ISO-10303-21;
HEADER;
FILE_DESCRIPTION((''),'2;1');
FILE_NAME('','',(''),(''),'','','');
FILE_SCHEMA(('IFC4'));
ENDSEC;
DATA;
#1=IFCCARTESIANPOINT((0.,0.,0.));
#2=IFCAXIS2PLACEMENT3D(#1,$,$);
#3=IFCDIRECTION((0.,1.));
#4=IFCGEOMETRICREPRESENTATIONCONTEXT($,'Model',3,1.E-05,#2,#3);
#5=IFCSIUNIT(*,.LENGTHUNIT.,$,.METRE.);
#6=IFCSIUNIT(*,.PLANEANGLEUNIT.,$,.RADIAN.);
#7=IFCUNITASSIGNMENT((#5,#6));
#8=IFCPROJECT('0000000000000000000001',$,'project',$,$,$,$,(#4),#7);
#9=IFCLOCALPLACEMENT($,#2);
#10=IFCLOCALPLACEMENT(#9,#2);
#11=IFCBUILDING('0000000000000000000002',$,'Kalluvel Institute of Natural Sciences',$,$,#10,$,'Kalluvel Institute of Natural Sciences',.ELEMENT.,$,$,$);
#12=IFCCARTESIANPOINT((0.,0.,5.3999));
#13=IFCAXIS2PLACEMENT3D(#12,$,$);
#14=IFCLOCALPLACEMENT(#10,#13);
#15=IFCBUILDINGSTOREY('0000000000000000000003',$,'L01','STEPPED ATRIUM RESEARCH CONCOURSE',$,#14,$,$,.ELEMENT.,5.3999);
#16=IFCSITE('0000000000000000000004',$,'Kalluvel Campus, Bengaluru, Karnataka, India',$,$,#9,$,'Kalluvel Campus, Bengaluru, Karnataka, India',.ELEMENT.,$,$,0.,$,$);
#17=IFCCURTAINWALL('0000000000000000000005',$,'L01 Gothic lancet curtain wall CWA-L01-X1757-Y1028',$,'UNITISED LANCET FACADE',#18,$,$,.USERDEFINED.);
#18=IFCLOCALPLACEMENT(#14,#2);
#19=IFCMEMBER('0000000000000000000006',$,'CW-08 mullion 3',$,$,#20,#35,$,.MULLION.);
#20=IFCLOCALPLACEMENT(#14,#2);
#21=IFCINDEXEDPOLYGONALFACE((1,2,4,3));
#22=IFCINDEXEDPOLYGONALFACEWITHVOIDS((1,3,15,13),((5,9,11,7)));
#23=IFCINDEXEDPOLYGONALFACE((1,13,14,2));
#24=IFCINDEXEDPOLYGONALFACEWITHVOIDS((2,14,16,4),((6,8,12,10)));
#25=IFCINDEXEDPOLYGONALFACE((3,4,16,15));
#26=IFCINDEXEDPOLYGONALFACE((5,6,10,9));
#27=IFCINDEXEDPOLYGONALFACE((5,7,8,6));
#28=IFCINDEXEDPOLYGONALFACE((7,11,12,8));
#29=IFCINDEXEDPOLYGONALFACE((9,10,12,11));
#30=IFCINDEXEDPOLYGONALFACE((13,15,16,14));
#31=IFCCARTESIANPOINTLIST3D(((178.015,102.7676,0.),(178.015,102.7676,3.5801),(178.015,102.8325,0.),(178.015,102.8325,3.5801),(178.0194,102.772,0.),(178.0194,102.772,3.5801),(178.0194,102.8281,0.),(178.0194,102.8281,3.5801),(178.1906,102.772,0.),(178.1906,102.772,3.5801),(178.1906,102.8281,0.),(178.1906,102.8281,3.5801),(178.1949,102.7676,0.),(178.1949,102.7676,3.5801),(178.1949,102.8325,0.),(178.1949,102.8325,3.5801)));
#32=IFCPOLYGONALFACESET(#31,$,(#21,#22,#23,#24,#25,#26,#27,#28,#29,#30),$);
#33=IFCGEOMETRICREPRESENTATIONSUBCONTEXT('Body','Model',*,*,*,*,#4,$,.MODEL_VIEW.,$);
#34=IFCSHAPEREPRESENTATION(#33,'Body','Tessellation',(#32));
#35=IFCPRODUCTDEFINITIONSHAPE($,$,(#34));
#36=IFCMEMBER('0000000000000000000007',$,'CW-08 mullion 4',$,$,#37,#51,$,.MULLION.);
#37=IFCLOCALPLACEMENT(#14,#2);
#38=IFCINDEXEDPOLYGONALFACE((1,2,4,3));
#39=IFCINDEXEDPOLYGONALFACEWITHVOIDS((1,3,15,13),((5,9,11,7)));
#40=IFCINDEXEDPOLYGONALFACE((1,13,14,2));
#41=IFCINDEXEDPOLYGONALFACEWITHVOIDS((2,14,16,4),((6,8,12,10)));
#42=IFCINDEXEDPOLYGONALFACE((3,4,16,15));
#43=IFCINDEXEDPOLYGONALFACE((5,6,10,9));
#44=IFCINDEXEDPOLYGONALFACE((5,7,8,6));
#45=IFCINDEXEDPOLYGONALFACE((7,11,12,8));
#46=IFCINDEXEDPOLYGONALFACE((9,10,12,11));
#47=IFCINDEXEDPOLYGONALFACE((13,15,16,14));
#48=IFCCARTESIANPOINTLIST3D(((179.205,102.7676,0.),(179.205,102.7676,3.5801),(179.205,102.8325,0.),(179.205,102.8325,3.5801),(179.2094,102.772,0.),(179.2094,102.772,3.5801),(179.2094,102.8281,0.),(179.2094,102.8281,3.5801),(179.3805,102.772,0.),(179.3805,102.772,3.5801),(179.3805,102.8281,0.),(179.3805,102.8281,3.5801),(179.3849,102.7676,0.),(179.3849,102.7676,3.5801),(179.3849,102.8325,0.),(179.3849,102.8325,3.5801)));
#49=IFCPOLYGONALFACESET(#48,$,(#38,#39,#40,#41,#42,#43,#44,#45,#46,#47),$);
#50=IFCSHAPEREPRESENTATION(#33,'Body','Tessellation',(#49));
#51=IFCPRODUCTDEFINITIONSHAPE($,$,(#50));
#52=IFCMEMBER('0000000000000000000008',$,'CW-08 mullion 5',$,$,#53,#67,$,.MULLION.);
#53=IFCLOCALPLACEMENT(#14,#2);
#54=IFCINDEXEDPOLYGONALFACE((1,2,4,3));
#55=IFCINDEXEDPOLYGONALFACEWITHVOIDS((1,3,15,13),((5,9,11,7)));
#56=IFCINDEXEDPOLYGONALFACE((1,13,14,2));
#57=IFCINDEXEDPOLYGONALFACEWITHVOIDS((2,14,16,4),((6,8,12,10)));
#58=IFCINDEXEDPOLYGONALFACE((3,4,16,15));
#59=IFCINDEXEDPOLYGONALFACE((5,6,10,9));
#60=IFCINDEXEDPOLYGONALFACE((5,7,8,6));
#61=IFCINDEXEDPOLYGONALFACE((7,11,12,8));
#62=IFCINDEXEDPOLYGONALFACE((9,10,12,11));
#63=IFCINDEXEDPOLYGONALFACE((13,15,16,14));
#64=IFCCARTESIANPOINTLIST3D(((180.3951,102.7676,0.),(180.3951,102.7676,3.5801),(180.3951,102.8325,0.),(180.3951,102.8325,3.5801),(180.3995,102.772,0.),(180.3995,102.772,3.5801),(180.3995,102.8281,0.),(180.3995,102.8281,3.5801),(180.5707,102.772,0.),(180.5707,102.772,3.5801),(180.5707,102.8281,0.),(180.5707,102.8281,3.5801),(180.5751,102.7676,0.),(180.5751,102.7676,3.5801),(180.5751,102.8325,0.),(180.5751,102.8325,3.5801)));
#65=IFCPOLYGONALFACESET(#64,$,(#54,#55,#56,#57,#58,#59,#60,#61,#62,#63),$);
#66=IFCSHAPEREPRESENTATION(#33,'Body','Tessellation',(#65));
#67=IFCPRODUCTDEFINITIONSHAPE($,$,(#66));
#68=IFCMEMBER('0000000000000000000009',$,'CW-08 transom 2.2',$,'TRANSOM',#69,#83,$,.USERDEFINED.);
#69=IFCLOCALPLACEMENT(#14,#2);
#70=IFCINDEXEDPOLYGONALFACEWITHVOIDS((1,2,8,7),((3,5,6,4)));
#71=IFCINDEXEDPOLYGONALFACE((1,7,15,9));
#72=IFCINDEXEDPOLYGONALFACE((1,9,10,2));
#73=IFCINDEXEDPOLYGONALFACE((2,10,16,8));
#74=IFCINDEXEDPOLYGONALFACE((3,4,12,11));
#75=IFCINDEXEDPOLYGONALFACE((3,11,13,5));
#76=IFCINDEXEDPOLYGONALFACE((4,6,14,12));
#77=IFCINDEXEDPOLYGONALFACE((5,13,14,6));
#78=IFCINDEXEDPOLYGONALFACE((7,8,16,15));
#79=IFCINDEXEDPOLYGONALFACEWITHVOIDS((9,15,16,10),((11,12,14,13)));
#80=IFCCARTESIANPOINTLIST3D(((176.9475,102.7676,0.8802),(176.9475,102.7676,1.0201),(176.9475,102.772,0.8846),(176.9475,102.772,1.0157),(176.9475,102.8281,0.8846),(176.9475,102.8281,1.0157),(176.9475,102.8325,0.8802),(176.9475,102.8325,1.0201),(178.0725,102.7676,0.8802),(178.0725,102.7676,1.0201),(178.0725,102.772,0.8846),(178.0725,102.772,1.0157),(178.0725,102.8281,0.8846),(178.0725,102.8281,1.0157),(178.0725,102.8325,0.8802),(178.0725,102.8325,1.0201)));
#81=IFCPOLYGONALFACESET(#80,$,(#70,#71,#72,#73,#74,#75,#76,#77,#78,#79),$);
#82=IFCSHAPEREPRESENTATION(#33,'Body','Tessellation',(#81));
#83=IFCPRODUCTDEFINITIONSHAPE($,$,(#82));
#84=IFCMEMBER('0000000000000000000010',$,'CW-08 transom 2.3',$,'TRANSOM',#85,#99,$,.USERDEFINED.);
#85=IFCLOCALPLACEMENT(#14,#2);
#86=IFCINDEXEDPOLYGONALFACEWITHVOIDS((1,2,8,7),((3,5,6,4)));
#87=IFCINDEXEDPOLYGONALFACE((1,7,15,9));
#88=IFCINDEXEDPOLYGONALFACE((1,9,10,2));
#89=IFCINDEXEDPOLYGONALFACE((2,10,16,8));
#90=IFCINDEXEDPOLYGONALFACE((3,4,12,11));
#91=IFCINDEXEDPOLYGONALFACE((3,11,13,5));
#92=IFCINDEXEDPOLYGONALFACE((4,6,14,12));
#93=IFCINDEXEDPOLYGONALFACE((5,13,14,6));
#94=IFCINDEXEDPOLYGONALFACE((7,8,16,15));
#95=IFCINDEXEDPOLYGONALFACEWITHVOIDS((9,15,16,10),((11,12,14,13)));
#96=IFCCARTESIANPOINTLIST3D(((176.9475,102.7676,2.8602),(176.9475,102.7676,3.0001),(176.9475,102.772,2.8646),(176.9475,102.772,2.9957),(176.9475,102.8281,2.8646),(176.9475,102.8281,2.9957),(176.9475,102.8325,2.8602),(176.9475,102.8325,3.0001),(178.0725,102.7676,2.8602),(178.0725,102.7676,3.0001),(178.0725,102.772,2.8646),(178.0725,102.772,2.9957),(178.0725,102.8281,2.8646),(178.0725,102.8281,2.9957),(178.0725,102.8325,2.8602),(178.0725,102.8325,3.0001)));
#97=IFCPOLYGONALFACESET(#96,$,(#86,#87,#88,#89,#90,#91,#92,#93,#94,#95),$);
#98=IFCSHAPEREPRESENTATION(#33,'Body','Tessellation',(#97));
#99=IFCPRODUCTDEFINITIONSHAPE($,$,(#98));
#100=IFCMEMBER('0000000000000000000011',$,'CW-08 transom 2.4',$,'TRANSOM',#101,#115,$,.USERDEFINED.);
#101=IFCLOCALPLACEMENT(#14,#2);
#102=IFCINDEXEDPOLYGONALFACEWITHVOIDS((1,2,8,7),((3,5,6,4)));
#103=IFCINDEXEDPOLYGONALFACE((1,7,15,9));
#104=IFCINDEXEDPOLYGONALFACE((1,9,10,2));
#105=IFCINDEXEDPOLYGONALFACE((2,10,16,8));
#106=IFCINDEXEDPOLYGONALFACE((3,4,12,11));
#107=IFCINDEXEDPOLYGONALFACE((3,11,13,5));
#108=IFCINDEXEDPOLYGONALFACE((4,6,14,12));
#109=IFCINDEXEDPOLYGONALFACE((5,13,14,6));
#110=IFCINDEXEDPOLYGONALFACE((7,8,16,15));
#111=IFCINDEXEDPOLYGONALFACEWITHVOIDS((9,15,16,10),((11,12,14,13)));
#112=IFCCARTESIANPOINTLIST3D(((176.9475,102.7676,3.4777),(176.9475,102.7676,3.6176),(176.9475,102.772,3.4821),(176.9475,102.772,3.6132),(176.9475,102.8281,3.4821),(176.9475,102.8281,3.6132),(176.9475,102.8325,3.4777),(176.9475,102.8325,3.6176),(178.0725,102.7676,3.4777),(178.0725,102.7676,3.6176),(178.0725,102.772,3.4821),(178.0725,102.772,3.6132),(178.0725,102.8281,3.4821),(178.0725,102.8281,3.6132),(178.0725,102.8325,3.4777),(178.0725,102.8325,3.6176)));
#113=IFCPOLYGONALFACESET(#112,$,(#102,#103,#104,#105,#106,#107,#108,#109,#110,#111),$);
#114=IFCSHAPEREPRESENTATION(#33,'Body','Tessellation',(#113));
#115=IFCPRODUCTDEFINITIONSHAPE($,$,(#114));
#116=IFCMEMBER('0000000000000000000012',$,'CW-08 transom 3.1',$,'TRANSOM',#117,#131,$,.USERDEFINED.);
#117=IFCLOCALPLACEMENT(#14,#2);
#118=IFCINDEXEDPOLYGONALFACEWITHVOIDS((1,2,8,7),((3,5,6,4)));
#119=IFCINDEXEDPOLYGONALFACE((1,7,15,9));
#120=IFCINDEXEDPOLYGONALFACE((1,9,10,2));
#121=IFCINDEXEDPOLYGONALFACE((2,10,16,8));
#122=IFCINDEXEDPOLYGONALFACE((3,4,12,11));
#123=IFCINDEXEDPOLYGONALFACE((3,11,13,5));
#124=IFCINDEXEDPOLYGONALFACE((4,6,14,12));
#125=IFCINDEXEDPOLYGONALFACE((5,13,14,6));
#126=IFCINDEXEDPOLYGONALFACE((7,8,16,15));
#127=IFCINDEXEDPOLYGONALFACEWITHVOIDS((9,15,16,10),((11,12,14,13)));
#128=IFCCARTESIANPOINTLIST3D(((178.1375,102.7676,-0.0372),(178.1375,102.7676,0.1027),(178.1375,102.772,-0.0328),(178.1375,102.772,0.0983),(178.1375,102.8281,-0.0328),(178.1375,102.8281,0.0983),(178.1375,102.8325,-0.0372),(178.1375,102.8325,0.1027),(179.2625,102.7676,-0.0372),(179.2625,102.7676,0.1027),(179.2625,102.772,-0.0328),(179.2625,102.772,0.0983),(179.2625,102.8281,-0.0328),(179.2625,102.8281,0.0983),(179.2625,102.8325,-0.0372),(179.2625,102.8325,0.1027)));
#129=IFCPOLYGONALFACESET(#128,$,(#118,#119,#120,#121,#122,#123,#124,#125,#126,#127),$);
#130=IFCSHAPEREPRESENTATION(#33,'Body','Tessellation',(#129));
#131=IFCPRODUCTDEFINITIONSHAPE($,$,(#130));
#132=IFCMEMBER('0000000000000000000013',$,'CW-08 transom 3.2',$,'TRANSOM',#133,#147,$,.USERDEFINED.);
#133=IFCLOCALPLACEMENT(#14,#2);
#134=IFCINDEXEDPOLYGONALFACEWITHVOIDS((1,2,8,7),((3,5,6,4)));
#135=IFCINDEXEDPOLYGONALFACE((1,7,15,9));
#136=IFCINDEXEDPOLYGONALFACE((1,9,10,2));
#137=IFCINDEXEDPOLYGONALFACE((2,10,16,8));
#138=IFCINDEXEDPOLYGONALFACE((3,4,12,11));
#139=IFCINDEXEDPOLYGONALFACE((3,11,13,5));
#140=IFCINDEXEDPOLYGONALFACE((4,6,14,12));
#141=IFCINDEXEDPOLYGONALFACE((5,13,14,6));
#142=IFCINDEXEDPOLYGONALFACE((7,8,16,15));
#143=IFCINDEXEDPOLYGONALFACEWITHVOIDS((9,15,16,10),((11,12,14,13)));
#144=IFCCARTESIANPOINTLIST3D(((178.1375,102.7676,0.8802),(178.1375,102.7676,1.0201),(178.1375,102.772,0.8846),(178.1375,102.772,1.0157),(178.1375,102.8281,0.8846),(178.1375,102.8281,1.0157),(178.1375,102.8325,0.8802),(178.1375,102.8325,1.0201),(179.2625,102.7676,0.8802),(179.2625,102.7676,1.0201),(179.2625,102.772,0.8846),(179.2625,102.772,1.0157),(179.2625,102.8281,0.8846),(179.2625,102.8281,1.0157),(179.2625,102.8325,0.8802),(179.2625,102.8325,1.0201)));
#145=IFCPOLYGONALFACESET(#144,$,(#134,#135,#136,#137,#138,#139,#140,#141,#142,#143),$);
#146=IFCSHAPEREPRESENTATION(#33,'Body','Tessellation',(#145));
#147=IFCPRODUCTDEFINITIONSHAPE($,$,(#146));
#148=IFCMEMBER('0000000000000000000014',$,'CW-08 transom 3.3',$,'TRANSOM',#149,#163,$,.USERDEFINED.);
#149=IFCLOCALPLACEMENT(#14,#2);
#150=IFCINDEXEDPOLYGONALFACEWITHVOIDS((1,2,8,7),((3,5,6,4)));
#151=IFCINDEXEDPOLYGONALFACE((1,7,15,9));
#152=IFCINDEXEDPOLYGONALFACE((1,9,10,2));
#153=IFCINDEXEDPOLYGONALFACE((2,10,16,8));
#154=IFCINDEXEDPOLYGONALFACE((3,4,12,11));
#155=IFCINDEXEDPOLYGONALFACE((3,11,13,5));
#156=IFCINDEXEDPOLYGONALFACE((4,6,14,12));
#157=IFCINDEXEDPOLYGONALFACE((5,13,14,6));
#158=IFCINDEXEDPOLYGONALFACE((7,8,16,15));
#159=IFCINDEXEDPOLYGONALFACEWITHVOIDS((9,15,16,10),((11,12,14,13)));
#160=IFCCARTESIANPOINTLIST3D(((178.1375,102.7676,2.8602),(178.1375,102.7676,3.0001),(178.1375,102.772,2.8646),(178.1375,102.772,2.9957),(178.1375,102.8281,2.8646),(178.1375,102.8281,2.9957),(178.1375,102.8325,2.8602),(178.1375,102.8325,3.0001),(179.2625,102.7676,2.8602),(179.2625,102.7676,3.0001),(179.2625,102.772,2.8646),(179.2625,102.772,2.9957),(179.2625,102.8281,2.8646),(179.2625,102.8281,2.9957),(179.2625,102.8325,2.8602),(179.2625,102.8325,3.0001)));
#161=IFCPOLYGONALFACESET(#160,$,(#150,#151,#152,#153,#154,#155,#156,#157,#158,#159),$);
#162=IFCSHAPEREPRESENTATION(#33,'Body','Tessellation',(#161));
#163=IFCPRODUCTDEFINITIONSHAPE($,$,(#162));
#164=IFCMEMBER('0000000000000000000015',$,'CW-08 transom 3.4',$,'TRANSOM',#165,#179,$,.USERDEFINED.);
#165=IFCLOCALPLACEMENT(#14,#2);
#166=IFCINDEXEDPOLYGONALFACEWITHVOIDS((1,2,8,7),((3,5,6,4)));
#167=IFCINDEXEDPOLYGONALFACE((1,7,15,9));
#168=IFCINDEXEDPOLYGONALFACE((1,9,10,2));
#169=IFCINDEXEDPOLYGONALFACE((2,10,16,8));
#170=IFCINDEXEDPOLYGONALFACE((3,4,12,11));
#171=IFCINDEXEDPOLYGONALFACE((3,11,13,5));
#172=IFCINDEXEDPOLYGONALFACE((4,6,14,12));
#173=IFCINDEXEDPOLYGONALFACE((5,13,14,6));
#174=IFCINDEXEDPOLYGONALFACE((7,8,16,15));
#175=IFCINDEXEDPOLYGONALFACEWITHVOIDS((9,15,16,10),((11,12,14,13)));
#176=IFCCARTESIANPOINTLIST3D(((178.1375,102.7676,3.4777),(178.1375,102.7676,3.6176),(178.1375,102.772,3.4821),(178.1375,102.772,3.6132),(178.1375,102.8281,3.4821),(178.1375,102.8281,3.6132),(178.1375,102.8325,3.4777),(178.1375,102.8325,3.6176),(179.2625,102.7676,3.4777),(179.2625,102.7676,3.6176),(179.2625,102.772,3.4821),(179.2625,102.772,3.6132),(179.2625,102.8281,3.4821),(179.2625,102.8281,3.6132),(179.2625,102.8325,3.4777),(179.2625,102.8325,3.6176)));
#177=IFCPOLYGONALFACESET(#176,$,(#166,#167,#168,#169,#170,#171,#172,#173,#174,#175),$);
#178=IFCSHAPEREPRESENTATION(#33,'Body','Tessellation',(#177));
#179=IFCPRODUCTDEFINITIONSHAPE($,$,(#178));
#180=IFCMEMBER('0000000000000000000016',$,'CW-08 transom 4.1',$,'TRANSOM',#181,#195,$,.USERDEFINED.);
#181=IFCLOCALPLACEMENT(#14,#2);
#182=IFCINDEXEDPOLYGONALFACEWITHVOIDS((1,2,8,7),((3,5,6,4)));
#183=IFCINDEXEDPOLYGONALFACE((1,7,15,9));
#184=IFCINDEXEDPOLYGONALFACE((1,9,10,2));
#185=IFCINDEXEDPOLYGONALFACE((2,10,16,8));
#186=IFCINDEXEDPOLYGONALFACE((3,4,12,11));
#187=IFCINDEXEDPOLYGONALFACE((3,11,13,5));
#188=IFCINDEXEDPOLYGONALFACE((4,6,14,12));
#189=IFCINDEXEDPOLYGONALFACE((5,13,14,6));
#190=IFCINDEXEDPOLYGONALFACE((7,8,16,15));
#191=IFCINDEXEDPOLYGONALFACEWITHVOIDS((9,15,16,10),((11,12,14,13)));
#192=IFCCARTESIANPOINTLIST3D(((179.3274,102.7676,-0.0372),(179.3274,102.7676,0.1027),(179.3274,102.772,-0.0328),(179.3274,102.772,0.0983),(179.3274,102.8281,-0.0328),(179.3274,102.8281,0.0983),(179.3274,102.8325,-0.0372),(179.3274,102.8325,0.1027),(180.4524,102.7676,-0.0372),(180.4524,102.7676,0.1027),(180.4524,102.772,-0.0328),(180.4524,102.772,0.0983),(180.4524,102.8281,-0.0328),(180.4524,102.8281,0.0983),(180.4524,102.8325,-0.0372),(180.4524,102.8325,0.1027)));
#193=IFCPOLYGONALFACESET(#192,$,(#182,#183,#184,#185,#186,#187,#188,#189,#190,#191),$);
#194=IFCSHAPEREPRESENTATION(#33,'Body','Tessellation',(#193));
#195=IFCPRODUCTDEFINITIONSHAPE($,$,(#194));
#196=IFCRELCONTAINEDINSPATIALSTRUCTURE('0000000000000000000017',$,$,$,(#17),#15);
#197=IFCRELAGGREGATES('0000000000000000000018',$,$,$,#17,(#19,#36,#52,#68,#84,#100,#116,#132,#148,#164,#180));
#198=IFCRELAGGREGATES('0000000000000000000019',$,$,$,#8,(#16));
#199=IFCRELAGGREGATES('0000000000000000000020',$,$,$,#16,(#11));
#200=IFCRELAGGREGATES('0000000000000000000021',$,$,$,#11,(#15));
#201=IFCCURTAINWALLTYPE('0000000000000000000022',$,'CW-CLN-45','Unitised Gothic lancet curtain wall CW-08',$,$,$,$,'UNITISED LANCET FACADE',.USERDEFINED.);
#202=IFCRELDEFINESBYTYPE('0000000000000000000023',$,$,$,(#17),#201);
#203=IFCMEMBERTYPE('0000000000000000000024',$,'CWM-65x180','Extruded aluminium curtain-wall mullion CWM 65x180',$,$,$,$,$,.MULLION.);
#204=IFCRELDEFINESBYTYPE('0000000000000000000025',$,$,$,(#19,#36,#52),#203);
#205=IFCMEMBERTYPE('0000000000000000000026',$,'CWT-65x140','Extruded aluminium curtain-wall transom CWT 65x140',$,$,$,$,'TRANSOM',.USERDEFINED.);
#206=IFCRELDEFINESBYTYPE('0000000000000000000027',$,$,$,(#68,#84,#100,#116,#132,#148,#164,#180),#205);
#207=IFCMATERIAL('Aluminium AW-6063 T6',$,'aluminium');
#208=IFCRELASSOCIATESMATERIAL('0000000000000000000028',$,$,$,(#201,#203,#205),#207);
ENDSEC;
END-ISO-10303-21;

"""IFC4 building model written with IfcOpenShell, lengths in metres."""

from ifc_helpers import new_model, si_unit, direction, frame, origin, origin_2d, place, context, subcontext, project, spatial, hollow_rectangle, extrude, material, material_profile, profile_set, type_object, element, aggregate, save


model = new_model("IFC4")

# Units and contexts
model_context = context("Model", 3, precision=1e-05, world=origin(), true_north=direction((0.0, 1.0)))
body_context = subcontext(model_context, "Body", "Model", "MODEL_VIEW")
ifc_project = project(units=[si_unit("LENGTHUNIT", "METRE"), si_unit("PLANEANGLEUNIT", "RADIAN")], contexts=[model_context])

# Site, building, storey
site_placement = place(None, origin())
site = spatial("IfcSite", under=ifc_project, at=site_placement, Name="Kalluvel Campus, Bengaluru, Karnataka, India", LongName="Kalluvel Campus, Bengaluru, Karnataka, India", CompositionType="ELEMENT", RefElevation=0.0)
building_placement = place(site_placement, origin())
building = spatial("IfcBuilding", under=site, at=building_placement, Name="Kalluvel Institute of Natural Sciences", LongName="Kalluvel Institute of Natural Sciences", CompositionType="ELEMENT")
storey_placement = place(building_placement, frame((0.0, 0.0, 5.3999)))
storey = spatial("IfcBuildingStorey", under=building, at=storey_placement, Name="L01", Description="STEPPED ATRIUM RESEARCH CONCOURSE", CompositionType="ELEMENT", Elevation=5.3999)

# Curtain wall, members
ifc_material_1 = material(Name="Aluminium AW-6063 T6", Category="aluminium")
curtain_wall_type = type_object("IfcCurtainWallType", Name="CW-CLN-45", Description="Unitised Gothic lancet curtain wall CW-08", ElementType="UNITISED LANCET FACADE", PredefinedType="USERDEFINED", material=ifc_material_1)
curtain_wall_placement = place(storey_placement, origin())
curtain_wall = element("IfcCurtainWall", 1, at=curtain_wall_placement, inside=storey, type_object=curtain_wall_type, Name="L01 Gothic lancet curtain wall CWA-L01-X1757-Y1028", ObjectType="UNITISED LANCET FACADE", PredefinedType="USERDEFINED")
ifc_material_profile_1 = material_profile(ifc_material_1, hollow_rectangle(XDim=0.0649, YDim=0.1799, WallThickness=0.0044, at=origin_2d()), Name="CWM 65x180")
ifc_profile_set_1 = profile_set([ifc_material_profile_1], Name="Aluminium AW-6063 T6")
member_type_1 = type_object("IfcMemberType", Name="CWM-65x180", Description="Extruded aluminium curtain-wall mullion CWM 65x180", PredefinedType="MULLION", material=ifc_profile_set_1)
member_1_placement = place(storey_placement, frame((178.105, 102.8, 0.0), z_axis=(0.0, 0.0, 1.0), x_axis=(0.0, 1.0, 0.0)))
member_1 = element("IfcMember", 2, at=member_1_placement, type_object=member_type_1, Name="CW-08 mullion 3", PredefinedType="MULLION", context=body_context, shape_type="SweptSolid", body=[
    extrude(hollow_rectangle(XDim=0.0649, YDim=0.1799, WallThickness=0.0044, at=origin_2d()), origin(), (0.0, 0.0, 1.0), 3.5801),
])
member_2_placement = place(storey_placement, frame((179.2949, 102.8, 0.0), z_axis=(0.0, 0.0, 1.0), x_axis=(0.0, 1.0, 0.0)))
member_2 = element("IfcMember", 3, at=member_2_placement, type_object=member_type_1, Name="CW-08 mullion 4", PredefinedType="MULLION", context=body_context, shape_type="SweptSolid", body=[
    extrude(hollow_rectangle(XDim=0.0649, YDim=0.1799, WallThickness=0.0044, at=origin_2d()), origin(), (0.0, 0.0, 1.0), 3.5801),
])
member_3_placement = place(storey_placement, frame((180.4851, 102.8, 0.0), z_axis=(0.0, 0.0, 1.0), x_axis=(0.0, 1.0, 0.0)))
member_3 = element("IfcMember", 4, at=member_3_placement, type_object=member_type_1, Name="CW-08 mullion 5", PredefinedType="MULLION", context=body_context, shape_type="SweptSolid", body=[
    extrude(hollow_rectangle(XDim=0.0649, YDim=0.1799, WallThickness=0.0044, at=origin_2d()), origin(), (0.0, 0.0, 1.0), 3.5801),
])
ifc_material_profile_2 = material_profile(ifc_material_1, hollow_rectangle(XDim=0.0649, YDim=0.1399, WallThickness=0.0044, at=origin_2d()), Name="CWT 65x140")
ifc_profile_set_2 = profile_set([ifc_material_profile_2], Name="Aluminium AW-6063 T6")
member_type_2 = type_object("IfcMemberType", Name="CWT-65x140", Description="Extruded aluminium curtain-wall transom CWT 65x140", ElementType="TRANSOM", PredefinedType="USERDEFINED", material=ifc_profile_set_2)
member_4_placement = place(storey_placement, frame((176.9475, 102.8, 0.9502), z_axis=(1.0, 0.0, 0.0), x_axis=(0.0, 1.0, 0.0)))
member_4 = element("IfcMember", 5, at=member_4_placement, type_object=member_type_2, Name="CW-08 transom 2.2", ObjectType="TRANSOM", PredefinedType="USERDEFINED", context=body_context, shape_type="SweptSolid", body=[
    extrude(hollow_rectangle(XDim=0.0649, YDim=0.1399, WallThickness=0.0044, at=origin_2d()), origin(), (0.0, 0.0, 1.0), 1.125),
])
member_5_placement = place(storey_placement, frame((176.9475, 102.8, 2.9302), z_axis=(1.0, 0.0, 0.0), x_axis=(0.0, 1.0, 0.0)))
member_5 = element("IfcMember", 6, at=member_5_placement, type_object=member_type_2, Name="CW-08 transom 2.3", ObjectType="TRANSOM", PredefinedType="USERDEFINED", context=body_context, shape_type="SweptSolid", body=[
    extrude(hollow_rectangle(XDim=0.0649, YDim=0.1399, WallThickness=0.0044, at=origin_2d()), origin(), (0.0, 0.0, 1.0), 1.125),
])
member_6_placement = place(storey_placement, frame((176.9475, 102.8, 3.5476), z_axis=(1.0, 0.0, 0.0), x_axis=(0.0, 1.0, 0.0)))
member_6 = element("IfcMember", 7, at=member_6_placement, type_object=member_type_2, Name="CW-08 transom 2.4", ObjectType="TRANSOM", PredefinedType="USERDEFINED", context=body_context, shape_type="SweptSolid", body=[
    extrude(hollow_rectangle(XDim=0.0649, YDim=0.1399, WallThickness=0.0044, at=origin_2d()), origin(), (0.0, 0.0, 1.0), 1.125),
])
member_7_placement = place(storey_placement, frame((178.1375, 102.8, 0.0327), z_axis=(1.0, 0.0, 0.0), x_axis=(0.0, 1.0, 0.0)))
member_7 = element("IfcMember", 8, at=member_7_placement, type_object=member_type_2, Name="CW-08 transom 3.1", ObjectType="TRANSOM", PredefinedType="USERDEFINED", context=body_context, shape_type="SweptSolid", body=[
    extrude(hollow_rectangle(XDim=0.0649, YDim=0.1399, WallThickness=0.0044, at=origin_2d()), origin(), (0.0, 0.0, 1.0), 1.125),
])
member_8_placement = place(storey_placement, frame((178.1375, 102.8, 0.9502), z_axis=(1.0, 0.0, 0.0), x_axis=(0.0, 1.0, 0.0)))
member_8 = element("IfcMember", 9, at=member_8_placement, type_object=member_type_2, Name="CW-08 transom 3.2", ObjectType="TRANSOM", PredefinedType="USERDEFINED", context=body_context, shape_type="SweptSolid", body=[
    extrude(hollow_rectangle(XDim=0.0649, YDim=0.1399, WallThickness=0.0044, at=origin_2d()), origin(), (0.0, 0.0, 1.0), 1.125),
])
member_9_placement = place(storey_placement, frame((178.1375, 102.8, 2.9302), z_axis=(1.0, 0.0, 0.0), x_axis=(0.0, 1.0, 0.0)))
member_9 = element("IfcMember", 10, at=member_9_placement, type_object=member_type_2, Name="CW-08 transom 3.3", ObjectType="TRANSOM", PredefinedType="USERDEFINED", context=body_context, shape_type="SweptSolid", body=[
    extrude(hollow_rectangle(XDim=0.0649, YDim=0.1399, WallThickness=0.0044, at=origin_2d()), origin(), (0.0, 0.0, 1.0), 1.125),
])
member_10_placement = place(storey_placement, frame((178.1375, 102.8, 3.5476), z_axis=(1.0, 0.0, 0.0), x_axis=(0.0, 1.0, 0.0)))
member_10 = element("IfcMember", 11, at=member_10_placement, type_object=member_type_2, Name="CW-08 transom 3.4", ObjectType="TRANSOM", PredefinedType="USERDEFINED", context=body_context, shape_type="SweptSolid", body=[
    extrude(hollow_rectangle(XDim=0.0649, YDim=0.1399, WallThickness=0.0044, at=origin_2d()), origin(), (0.0, 0.0, 1.0), 1.125),
])
member_11_placement = place(storey_placement, frame((179.3274, 102.8, 0.0327), z_axis=(1.0, 0.0, 0.0), x_axis=(0.0, 1.0, 0.0)))
member_11 = element("IfcMember", 12, at=member_11_placement, type_object=member_type_2, Name="CW-08 transom 4.1", ObjectType="TRANSOM", PredefinedType="USERDEFINED", context=body_context, shape_type="SweptSolid", body=[
    extrude(hollow_rectangle(XDim=0.0649, YDim=0.1399, WallThickness=0.0044, at=origin_2d()), origin(), (0.0, 0.0, 1.0), 1.125),
])
aggregate(curtain_wall, [member_1, member_2, member_3, member_4, member_5, member_6, member_7, member_8, member_9, member_10, member_11])

save(model, "model.ifc")
